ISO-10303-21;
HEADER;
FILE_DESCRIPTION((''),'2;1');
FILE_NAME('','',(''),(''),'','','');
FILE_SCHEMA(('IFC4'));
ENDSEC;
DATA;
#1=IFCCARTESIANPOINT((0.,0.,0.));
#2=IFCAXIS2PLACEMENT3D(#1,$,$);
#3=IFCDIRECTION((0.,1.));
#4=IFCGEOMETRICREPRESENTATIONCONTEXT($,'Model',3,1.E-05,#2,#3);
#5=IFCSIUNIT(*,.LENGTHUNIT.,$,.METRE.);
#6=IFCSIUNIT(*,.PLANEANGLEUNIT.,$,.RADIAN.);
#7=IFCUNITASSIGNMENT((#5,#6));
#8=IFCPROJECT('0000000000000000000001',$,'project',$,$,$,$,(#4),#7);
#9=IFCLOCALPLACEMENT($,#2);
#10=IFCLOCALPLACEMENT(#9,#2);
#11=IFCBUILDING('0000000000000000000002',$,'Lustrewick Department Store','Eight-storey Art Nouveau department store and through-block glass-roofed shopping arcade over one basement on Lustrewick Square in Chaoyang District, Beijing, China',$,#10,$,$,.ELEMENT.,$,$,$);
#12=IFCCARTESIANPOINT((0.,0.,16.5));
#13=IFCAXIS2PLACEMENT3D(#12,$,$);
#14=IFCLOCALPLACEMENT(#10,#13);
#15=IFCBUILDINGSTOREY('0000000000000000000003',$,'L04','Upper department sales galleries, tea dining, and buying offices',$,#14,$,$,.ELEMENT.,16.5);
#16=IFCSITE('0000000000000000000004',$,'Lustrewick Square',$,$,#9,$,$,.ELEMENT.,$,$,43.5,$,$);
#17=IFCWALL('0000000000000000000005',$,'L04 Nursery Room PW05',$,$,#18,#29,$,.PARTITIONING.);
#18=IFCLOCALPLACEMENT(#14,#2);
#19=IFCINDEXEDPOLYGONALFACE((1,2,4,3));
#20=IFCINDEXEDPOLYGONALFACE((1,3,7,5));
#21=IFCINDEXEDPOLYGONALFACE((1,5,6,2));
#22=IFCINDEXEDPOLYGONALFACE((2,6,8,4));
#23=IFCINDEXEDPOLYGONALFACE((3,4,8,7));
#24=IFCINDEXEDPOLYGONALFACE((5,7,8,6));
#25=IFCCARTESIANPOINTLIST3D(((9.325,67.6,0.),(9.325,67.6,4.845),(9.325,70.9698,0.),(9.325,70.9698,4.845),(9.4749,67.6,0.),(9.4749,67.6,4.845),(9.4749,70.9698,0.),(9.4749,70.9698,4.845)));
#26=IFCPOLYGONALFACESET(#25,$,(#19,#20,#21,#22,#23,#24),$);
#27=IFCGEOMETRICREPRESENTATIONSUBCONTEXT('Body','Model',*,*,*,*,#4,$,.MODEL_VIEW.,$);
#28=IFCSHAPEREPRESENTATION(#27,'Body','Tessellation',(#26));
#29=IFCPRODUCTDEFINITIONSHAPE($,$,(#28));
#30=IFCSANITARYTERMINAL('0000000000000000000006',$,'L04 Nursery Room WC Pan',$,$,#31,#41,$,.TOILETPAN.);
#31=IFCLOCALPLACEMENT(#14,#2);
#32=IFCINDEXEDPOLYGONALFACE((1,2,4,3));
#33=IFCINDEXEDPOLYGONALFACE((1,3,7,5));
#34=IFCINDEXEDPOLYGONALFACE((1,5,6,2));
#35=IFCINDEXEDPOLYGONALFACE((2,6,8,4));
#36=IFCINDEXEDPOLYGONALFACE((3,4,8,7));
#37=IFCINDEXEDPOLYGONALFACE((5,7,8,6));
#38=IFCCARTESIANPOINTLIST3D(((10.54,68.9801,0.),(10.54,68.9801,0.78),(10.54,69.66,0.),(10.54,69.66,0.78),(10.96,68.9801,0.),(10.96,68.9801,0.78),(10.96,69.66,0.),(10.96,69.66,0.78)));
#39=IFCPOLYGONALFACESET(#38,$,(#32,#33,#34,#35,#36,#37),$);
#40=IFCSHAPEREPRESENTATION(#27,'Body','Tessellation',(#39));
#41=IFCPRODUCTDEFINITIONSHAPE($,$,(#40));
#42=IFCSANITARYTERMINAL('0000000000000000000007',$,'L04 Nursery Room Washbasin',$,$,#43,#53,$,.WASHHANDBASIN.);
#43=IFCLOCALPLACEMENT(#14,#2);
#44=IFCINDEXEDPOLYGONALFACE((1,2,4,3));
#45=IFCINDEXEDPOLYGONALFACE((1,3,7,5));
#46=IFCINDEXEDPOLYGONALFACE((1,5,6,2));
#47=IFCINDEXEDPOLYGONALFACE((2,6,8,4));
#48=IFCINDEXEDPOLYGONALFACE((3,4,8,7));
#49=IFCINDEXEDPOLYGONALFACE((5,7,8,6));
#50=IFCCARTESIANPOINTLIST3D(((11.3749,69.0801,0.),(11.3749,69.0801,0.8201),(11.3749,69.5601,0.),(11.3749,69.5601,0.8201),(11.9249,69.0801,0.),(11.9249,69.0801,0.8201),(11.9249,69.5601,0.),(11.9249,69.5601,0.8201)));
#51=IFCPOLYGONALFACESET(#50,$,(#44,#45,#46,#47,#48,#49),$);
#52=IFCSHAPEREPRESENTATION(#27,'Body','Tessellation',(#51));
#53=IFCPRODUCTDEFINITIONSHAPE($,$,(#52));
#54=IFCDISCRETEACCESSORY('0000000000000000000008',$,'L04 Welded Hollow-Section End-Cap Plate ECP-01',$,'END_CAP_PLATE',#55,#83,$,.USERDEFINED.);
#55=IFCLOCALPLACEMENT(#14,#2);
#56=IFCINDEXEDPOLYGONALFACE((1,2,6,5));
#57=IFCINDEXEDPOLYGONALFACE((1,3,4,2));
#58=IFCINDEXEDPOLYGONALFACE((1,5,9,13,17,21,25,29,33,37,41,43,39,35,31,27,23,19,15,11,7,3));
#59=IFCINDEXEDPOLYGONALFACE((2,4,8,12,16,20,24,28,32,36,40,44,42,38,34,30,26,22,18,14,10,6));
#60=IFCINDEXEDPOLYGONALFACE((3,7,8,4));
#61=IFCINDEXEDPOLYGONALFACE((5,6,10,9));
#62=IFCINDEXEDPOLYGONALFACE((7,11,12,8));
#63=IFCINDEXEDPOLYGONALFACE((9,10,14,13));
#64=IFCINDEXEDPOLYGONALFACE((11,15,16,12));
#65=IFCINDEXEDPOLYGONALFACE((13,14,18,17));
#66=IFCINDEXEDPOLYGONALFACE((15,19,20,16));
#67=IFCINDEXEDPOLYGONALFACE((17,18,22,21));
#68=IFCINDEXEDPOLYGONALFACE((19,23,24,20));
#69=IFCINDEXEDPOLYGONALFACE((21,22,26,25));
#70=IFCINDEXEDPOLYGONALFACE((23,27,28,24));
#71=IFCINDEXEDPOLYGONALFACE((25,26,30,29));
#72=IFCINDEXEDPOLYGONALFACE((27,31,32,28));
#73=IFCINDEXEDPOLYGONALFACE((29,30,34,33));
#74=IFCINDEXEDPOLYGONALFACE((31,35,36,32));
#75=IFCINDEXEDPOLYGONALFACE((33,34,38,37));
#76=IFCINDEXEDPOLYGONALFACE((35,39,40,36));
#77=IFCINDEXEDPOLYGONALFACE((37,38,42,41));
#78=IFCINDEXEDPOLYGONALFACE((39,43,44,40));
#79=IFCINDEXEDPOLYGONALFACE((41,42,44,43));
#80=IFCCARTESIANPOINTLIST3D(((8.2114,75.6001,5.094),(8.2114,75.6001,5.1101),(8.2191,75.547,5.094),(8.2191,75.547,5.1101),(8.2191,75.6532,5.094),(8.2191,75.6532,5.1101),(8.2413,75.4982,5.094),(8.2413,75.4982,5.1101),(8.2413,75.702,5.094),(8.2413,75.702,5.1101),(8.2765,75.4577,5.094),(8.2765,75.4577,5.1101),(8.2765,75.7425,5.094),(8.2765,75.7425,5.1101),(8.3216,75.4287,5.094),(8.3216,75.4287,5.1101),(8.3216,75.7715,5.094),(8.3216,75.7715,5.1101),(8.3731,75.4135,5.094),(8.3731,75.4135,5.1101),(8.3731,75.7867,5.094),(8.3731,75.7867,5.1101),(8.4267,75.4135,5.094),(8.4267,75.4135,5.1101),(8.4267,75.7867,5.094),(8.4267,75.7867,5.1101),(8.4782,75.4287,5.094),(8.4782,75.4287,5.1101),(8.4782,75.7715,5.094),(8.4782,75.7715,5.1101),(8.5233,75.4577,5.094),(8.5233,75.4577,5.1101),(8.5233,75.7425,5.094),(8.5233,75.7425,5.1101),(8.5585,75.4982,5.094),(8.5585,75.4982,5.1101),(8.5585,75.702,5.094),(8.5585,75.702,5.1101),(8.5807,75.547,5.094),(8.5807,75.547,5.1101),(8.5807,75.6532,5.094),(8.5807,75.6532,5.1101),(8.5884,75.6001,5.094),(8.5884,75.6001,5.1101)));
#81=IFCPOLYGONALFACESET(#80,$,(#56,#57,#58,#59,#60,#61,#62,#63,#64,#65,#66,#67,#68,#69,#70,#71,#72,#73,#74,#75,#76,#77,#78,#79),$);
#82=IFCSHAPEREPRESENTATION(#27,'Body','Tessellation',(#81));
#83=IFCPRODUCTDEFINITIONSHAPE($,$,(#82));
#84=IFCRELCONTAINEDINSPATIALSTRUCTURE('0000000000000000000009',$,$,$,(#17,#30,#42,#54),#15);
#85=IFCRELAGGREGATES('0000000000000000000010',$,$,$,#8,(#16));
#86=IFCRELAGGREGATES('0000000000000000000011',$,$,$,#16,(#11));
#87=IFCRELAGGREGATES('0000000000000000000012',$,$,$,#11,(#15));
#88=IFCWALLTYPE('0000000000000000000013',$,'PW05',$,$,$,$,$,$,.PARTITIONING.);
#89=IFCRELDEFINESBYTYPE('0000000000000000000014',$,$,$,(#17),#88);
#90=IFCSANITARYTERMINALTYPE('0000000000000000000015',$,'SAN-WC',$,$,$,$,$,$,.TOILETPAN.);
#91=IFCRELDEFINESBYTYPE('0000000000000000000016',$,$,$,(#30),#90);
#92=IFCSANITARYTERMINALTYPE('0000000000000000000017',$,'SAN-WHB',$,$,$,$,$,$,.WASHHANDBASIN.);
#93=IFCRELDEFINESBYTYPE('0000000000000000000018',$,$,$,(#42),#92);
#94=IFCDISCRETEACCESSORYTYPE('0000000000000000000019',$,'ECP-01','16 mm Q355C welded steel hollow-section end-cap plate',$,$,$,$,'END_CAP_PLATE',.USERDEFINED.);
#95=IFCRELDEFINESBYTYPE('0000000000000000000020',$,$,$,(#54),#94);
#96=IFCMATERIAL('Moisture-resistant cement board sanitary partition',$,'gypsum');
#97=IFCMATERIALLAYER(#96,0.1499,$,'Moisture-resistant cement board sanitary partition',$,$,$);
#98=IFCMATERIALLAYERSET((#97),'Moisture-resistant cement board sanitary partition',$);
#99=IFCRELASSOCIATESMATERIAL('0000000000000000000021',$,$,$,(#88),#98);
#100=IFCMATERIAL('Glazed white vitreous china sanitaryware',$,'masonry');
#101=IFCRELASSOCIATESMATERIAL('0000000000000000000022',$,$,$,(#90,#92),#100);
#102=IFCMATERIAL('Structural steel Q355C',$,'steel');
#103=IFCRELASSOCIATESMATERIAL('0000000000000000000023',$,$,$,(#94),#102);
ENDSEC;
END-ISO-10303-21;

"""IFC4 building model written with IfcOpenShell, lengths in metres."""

from ifc_helpers import new_model, si_unit, direction, frame, frame_2d, origin, origin_2d, place, context, subcontext, project, spatial, rectangle, circle, extrude, material, layer, layer_set, type_object, element, save


model = new_model("IFC4")

# Units and contexts
model_context = context("Model", 3, precision=1e-05, world=origin(), true_north=direction((0.0, 1.0)))
body_context = subcontext(model_context, "Body", "Model", "MODEL_VIEW")
ifc_project = project(units=[si_unit("LENGTHUNIT", "METRE"), si_unit("PLANEANGLEUNIT", "RADIAN")], contexts=[model_context])

# Site, building, storey
site_placement = place(None, origin())
site = spatial("IfcSite", under=ifc_project, at=site_placement, Name="Lustrewick Square", CompositionType="ELEMENT", RefElevation=43.5)
building_placement = place(site_placement, origin())
building = spatial("IfcBuilding", under=site, at=building_placement, Name="Lustrewick Department Store", Description="Eight-storey Art Nouveau department store and through-block glass-roofed shopping arcade over one basement on Lustrewick Square in Chaoyang District, Beijing, China", CompositionType="ELEMENT")
storey_placement = place(building_placement, frame((0.0, 0.0, 16.5)))
storey = spatial("IfcBuildingStorey", under=building, at=storey_placement, Name="L04", Description="Upper department sales galleries, tea dining, and buying offices", CompositionType="ELEMENT", Elevation=16.5)

# Shared definitions
ifc_material_1 = material(Name="Structural steel Q355C", Category="steel")

# Shared definitions
ifc_material_2 = material(Name="Moisture-resistant cement board sanitary partition", Category="gypsum")
ifc_layer_1 = layer(ifc_material_2, 0.1499, Name="Moisture-resistant cement board sanitary partition")
ifc_layer_set_1 = layer_set([ifc_layer_1], Name="Moisture-resistant cement board sanitary partition")
wall_type_1 = type_object("IfcWallType", Name="PW05", PredefinedType="PARTITIONING", material=ifc_layer_set_1)

# Wall
wall_1_placement = place(storey_placement, frame((9.3999, 70.97, 0.0), z_axis=(0.0, 0.0, 1.0), x_axis=(0.0, -1.0, 0.0)))
element("IfcWall", 1, at=wall_1_placement, inside=storey, type_object=wall_type_1, Name="L04 Nursery Room PW05", PredefinedType="PARTITIONING", context=body_context, shape_type="SweptSolid", body=[
    extrude(rectangle(XDim=3.3699, YDim=0.1499, at=frame_2d((1.6851, 0.0))), origin(), (0.0, 0.0, 1.0), 4.845),
])

# Sanitary terminals
ifc_material_3 = material(Name="Glazed white vitreous china sanitaryware", Category="masonry")
sanitary_terminal_type_1 = type_object("IfcSanitaryTerminalType", Name="SAN-WC", PredefinedType="TOILETPAN", material=ifc_material_3)
sanitary_terminal_1_placement = place(storey_placement, frame((10.75, 69.3201, 0.0), z_axis=(0.0, 0.0, 1.0), x_axis=(1.0, 0.0, 0.0)))
element("IfcSanitaryTerminal", 2, at=sanitary_terminal_1_placement, inside=storey, type_object=sanitary_terminal_type_1, Name="L04 Nursery Room WC Pan", PredefinedType="TOILETPAN", context=body_context, shape_type="SweptSolid", body=[
    extrude(rectangle(XDim=0.4199, YDim=0.6799, at=origin_2d()), origin(), (0.0, 0.0, 1.0), 0.78),
])
sanitary_terminal_type_2 = type_object("IfcSanitaryTerminalType", Name="SAN-WHB", PredefinedType="WASHHANDBASIN", material=ifc_material_3)
sanitary_terminal_2_placement = place(storey_placement, frame((11.6499, 69.3201, 0.0), z_axis=(0.0, 0.0, 1.0), x_axis=(1.0, 0.0, 0.0)))
element("IfcSanitaryTerminal", 3, at=sanitary_terminal_2_placement, inside=storey, type_object=sanitary_terminal_type_2, Name="L04 Nursery Room Washbasin", PredefinedType="WASHHANDBASIN", context=body_context, shape_type="SweptSolid", body=[
    extrude(rectangle(XDim=0.55, YDim=0.48, at=origin_2d()), origin(), (0.0, 0.0, 1.0), 0.8201),
])

# Discrete accessory
discrete_accessory_type = type_object("IfcDiscreteAccessoryType", Name="ECP-01", Description="16 mm Q355C welded steel hollow-section end-cap plate", ElementType="END_CAP_PLATE", PredefinedType="USERDEFINED", material=ifc_material_1)
discrete_accessory_placement = place(storey_placement, frame((8.3999, 75.6001, 5.094), z_axis=(0.0, 0.0, 1.0), x_axis=(1.0, 0.0, 0.0)))
element("IfcDiscreteAccessory", 4, at=discrete_accessory_placement, inside=storey, type_object=discrete_accessory_type, Name="L04 Welded Hollow-Section End-Cap Plate ECP-01", ObjectType="END_CAP_PLATE", PredefinedType="USERDEFINED", context=body_context, shape_type="SweptSolid", body=[
    extrude(circle(Radius=0.1885, at=origin_2d()), origin(), (0.0, 0.0, 1.0), 0.0161),
])

save(model, "model.ifc")
